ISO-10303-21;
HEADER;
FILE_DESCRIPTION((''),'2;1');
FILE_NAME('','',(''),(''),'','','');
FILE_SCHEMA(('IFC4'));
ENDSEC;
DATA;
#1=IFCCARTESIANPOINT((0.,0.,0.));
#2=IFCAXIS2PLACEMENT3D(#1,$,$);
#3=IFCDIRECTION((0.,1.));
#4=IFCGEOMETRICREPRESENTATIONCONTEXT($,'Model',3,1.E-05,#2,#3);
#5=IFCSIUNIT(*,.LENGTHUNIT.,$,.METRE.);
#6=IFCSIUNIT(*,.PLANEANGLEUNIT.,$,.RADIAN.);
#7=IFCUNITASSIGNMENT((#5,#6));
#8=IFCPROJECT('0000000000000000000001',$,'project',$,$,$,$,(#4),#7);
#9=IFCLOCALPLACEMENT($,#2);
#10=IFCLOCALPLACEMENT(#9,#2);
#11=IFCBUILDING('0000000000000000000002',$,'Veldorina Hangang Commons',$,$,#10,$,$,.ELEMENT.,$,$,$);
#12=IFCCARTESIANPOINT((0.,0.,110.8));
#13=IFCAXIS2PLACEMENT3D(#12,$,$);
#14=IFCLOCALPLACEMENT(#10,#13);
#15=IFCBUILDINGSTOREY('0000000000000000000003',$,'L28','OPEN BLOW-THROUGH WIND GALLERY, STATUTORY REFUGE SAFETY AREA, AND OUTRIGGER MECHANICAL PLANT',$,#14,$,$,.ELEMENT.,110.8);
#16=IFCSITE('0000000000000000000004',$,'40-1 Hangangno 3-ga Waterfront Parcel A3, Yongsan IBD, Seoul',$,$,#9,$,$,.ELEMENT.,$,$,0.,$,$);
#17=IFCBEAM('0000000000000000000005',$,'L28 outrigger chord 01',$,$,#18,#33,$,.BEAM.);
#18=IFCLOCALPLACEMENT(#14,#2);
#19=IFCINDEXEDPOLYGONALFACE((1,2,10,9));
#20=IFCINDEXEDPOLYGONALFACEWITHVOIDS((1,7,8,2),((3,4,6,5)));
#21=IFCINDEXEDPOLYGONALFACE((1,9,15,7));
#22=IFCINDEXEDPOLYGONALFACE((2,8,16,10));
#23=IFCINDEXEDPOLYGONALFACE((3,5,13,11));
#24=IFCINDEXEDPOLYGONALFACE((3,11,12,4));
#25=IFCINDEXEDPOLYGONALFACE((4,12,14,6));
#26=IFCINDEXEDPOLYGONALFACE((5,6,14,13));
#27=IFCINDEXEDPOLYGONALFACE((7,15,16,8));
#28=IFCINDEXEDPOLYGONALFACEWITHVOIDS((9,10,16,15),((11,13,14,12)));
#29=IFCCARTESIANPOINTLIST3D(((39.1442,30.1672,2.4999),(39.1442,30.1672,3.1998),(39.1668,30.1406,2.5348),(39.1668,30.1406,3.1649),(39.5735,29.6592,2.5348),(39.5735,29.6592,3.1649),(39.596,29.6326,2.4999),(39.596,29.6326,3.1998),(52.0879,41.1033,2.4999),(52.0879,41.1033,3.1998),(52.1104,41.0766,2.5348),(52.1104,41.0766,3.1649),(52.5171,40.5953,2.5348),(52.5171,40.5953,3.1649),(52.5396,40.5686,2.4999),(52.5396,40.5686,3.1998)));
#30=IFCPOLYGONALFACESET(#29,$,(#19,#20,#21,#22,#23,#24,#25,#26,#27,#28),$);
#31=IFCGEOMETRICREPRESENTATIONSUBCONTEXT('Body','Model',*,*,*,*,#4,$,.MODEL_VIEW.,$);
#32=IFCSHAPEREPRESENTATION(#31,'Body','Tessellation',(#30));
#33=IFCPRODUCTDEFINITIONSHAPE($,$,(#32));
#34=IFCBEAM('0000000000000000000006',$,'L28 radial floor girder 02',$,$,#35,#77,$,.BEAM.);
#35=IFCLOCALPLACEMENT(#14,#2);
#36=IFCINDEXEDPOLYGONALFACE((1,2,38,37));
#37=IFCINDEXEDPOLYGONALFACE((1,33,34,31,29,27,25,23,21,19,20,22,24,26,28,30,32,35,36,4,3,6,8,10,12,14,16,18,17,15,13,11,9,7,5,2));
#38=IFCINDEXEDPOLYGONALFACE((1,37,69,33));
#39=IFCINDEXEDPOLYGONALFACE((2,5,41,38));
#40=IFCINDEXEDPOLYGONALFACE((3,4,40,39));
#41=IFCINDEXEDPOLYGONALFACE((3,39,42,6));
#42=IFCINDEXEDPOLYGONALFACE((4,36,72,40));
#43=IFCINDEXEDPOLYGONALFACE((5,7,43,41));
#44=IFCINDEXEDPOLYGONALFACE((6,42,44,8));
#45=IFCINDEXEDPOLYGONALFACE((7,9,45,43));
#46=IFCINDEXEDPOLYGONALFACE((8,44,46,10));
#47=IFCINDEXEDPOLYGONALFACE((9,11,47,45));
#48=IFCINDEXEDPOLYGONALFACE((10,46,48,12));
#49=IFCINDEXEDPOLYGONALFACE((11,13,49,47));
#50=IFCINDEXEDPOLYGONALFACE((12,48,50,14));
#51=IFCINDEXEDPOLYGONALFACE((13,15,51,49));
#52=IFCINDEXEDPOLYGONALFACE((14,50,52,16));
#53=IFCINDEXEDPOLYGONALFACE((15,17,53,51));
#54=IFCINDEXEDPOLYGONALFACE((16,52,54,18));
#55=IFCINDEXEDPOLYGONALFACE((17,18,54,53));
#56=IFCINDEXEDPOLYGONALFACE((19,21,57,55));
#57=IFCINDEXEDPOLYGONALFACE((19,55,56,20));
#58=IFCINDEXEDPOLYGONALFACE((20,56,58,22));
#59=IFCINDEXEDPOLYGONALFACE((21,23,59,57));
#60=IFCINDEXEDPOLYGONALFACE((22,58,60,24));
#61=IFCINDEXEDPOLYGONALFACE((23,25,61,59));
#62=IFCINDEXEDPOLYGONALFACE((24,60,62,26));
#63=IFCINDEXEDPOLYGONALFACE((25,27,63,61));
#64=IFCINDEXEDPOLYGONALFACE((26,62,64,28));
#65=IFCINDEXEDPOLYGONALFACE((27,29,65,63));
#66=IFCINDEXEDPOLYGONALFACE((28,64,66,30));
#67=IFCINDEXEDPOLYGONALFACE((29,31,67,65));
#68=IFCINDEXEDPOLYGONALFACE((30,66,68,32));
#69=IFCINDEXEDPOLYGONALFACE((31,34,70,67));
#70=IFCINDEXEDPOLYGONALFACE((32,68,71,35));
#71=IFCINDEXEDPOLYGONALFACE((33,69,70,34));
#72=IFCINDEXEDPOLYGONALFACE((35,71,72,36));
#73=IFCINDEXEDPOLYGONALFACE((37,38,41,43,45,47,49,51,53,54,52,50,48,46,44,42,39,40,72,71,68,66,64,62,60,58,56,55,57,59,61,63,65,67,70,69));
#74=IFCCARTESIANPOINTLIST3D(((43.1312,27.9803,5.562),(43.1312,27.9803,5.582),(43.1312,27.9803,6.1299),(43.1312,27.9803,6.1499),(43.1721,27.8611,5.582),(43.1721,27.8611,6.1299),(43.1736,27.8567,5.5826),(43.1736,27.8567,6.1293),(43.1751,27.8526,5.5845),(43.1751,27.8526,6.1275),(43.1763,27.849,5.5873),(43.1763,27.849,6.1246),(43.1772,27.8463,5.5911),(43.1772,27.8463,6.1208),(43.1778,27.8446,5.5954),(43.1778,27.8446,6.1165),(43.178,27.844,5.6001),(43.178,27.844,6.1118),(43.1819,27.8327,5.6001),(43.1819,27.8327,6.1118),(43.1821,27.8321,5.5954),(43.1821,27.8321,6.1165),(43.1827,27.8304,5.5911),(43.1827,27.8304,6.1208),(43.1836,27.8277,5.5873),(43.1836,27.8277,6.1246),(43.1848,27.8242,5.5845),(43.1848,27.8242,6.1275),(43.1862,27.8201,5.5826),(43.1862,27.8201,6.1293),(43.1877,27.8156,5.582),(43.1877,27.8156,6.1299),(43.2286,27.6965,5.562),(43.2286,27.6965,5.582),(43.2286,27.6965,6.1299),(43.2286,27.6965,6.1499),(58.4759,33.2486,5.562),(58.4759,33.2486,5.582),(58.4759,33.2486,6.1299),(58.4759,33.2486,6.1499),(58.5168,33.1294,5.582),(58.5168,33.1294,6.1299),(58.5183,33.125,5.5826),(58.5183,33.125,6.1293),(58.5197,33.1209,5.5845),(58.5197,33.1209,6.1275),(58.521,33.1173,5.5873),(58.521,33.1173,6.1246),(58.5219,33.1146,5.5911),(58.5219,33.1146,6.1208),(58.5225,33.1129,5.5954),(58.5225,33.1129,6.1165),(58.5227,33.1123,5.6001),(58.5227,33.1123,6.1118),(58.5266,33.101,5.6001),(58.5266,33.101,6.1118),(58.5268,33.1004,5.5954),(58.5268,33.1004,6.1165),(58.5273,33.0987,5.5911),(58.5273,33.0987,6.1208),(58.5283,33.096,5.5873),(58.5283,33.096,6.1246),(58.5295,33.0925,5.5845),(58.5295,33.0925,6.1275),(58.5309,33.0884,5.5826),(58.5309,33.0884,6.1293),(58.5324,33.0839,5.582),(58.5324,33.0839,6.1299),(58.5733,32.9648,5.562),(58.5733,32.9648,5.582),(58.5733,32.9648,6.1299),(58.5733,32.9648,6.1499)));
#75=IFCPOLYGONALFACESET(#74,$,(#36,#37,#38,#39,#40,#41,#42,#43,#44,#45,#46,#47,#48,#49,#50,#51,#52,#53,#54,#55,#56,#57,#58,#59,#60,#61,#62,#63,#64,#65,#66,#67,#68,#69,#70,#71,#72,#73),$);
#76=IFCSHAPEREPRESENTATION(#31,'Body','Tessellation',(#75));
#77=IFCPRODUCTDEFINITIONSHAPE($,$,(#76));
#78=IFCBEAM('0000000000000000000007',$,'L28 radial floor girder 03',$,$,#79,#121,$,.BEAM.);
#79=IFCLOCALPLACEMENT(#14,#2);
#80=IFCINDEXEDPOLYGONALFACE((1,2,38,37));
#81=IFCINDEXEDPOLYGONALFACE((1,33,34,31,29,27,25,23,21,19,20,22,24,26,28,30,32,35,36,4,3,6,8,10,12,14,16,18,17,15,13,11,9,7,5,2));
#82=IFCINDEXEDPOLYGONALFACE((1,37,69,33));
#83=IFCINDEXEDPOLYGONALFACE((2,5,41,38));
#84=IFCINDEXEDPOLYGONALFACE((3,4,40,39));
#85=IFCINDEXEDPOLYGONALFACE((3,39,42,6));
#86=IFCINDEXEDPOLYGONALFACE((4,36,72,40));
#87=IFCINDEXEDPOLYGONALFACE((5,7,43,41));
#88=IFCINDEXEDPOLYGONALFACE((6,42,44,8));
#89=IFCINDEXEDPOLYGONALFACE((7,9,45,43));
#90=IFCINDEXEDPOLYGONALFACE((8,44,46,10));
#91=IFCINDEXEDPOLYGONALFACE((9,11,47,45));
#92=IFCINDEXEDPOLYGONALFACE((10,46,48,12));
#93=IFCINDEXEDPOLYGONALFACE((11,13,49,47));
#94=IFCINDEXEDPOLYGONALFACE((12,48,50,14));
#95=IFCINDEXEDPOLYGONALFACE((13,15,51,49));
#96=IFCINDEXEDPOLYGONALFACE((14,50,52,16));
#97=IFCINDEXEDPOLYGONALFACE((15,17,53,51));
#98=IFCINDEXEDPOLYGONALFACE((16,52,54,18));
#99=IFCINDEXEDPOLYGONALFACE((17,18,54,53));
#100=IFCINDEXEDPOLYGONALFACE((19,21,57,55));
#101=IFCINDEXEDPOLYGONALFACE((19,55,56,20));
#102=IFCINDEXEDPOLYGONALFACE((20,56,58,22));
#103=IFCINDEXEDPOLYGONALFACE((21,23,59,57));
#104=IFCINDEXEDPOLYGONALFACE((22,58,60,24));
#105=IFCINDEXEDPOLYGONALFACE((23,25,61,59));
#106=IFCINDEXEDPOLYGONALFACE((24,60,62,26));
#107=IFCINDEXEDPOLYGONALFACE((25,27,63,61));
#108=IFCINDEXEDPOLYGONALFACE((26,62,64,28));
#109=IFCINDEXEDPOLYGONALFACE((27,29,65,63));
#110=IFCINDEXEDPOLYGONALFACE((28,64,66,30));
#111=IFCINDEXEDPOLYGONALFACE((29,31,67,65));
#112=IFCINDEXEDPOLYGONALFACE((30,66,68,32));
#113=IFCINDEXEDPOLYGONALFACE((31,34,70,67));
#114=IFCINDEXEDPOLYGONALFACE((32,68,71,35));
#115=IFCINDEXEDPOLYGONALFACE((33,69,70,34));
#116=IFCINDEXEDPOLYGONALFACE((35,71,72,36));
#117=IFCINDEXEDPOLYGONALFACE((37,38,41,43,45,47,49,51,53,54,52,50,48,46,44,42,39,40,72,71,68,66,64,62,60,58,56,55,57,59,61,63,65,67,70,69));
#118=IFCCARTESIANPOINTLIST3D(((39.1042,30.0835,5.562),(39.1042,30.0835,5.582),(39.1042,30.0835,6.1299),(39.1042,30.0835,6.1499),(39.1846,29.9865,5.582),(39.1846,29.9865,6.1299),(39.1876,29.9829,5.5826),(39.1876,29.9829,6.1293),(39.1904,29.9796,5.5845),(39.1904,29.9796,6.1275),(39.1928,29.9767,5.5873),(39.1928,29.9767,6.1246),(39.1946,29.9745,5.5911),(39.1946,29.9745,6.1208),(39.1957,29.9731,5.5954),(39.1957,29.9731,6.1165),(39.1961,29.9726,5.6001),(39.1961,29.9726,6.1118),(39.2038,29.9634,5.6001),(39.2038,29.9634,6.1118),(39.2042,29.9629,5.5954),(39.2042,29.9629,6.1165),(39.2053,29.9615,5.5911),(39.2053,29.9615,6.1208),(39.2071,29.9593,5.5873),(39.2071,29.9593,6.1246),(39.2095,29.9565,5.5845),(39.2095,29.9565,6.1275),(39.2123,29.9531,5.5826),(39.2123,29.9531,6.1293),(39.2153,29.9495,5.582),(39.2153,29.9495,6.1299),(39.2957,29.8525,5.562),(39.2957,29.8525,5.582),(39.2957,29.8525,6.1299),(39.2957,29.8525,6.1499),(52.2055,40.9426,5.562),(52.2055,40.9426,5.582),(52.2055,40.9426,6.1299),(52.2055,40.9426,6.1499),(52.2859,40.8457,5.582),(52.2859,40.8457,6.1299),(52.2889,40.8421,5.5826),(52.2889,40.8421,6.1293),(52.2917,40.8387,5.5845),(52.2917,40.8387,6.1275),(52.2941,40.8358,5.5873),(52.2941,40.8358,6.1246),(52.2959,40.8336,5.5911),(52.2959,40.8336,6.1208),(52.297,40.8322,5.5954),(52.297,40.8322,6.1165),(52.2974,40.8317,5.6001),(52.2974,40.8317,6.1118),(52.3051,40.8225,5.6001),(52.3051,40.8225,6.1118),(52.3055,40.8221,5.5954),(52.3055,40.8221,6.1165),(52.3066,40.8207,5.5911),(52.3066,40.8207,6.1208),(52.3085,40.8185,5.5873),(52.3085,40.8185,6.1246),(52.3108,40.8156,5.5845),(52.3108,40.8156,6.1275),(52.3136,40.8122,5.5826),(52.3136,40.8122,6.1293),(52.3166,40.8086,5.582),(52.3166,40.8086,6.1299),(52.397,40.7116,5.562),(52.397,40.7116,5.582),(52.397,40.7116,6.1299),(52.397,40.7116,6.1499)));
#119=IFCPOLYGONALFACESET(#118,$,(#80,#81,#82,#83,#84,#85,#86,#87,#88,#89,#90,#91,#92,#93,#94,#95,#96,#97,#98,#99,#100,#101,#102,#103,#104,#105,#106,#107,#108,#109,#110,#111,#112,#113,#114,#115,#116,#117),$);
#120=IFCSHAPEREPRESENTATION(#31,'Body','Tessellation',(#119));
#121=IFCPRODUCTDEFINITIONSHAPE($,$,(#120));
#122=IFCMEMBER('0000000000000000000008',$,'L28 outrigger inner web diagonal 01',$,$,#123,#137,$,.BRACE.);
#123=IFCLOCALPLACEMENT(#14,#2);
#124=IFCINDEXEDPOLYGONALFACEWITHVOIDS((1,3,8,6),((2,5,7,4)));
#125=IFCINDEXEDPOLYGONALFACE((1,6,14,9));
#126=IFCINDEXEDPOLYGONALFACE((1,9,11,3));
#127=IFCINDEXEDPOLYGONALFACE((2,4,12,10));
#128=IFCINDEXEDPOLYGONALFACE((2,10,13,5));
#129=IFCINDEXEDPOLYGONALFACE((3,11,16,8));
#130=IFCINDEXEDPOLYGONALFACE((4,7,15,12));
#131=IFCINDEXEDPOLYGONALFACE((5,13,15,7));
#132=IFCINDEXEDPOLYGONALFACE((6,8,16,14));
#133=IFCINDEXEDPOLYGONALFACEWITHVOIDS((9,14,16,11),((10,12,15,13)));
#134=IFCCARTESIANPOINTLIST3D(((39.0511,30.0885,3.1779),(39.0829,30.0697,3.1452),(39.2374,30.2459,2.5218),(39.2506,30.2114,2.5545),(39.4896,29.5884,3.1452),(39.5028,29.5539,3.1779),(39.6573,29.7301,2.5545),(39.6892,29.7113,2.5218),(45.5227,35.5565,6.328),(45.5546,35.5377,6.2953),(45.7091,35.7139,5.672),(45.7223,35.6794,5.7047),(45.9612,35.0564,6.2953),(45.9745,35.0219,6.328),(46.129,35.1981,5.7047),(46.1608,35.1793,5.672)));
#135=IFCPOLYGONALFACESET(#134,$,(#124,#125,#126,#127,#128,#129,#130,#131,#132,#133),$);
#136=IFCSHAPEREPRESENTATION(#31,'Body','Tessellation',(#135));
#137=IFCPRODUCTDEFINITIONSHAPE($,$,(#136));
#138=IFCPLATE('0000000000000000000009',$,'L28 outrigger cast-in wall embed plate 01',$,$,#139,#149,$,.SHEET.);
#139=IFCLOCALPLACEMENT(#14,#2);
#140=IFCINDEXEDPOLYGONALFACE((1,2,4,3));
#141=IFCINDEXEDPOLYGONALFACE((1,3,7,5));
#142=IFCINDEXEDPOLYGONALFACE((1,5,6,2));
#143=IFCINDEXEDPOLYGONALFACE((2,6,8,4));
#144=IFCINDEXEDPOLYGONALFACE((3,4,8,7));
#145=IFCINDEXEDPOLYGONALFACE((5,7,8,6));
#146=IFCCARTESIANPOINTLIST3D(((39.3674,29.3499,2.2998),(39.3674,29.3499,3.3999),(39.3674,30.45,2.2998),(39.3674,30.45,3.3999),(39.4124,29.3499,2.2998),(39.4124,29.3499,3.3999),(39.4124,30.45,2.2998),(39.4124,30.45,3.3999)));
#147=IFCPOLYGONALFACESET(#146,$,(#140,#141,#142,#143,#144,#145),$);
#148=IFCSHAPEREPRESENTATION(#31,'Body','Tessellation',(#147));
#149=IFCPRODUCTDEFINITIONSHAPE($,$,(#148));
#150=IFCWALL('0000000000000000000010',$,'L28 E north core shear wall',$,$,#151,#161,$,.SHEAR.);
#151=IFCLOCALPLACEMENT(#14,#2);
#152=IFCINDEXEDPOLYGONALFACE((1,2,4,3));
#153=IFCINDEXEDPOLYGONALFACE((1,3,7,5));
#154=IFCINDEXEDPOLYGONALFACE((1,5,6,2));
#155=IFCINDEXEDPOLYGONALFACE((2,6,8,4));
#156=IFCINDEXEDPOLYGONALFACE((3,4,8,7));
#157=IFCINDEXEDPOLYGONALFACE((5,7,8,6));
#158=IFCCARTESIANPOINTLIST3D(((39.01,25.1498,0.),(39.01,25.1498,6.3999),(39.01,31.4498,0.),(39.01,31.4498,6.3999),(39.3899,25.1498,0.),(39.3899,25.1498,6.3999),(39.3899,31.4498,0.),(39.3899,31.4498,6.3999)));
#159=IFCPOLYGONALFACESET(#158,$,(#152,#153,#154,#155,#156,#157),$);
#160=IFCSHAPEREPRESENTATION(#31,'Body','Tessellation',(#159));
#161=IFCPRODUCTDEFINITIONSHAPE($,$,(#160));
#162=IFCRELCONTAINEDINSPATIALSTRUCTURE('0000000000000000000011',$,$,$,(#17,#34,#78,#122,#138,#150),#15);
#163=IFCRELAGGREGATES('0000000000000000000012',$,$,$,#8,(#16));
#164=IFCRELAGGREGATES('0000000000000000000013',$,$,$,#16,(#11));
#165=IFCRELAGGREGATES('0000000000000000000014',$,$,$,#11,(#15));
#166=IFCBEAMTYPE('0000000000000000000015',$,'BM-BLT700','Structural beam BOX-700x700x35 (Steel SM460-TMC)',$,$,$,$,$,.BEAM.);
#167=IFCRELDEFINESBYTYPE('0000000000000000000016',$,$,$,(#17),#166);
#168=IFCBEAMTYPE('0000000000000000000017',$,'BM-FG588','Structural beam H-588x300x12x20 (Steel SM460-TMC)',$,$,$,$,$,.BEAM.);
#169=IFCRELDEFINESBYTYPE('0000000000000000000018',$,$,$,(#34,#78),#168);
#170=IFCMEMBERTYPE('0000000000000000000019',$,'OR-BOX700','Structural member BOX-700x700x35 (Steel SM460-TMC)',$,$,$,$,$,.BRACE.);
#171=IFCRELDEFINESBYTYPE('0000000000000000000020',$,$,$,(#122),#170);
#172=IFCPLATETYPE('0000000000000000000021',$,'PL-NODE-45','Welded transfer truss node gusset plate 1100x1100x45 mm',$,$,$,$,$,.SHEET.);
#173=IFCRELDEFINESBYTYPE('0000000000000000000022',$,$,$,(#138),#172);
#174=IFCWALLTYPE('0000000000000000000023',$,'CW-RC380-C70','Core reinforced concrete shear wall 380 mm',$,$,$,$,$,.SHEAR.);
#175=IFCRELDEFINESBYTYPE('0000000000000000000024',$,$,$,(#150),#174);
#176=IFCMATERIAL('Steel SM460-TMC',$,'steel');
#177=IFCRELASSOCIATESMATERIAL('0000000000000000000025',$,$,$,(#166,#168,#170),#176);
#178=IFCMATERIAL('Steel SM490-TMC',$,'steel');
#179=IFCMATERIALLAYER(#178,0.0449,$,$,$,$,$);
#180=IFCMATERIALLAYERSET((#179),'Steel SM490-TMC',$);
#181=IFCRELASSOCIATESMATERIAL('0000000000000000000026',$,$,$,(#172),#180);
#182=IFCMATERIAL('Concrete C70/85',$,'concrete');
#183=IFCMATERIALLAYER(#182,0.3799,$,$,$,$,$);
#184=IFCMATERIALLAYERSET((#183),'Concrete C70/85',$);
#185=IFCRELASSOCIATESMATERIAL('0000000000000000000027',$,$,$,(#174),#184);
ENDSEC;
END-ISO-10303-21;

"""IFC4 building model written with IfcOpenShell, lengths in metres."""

from ifc_helpers import new_model, si_unit, direction, frame, frame_2d, origin, origin_2d, place, context, subcontext, project, spatial, rectangle, hollow_rectangle, i_section, extrude, material, layer, layer_set, material_profile, profile_set, type_object, element, save


model = new_model("IFC4")

# Units and contexts
model_context = context("Model", 3, precision=1e-05, world=origin(), true_north=direction((0.0, 1.0)))
body_context = subcontext(model_context, "Body", "Model", "MODEL_VIEW")
ifc_project = project(units=[si_unit("LENGTHUNIT", "METRE"), si_unit("PLANEANGLEUNIT", "RADIAN")], contexts=[model_context])

# Site, building, storey
site_placement = place(None, origin())
site = spatial("IfcSite", under=ifc_project, at=site_placement, Name="40-1 Hangangno 3-ga Waterfront Parcel A3, Yongsan IBD, Seoul", CompositionType="ELEMENT", RefElevation=0.0)
building_placement = place(site_placement, origin())
building = spatial("IfcBuilding", under=site, at=building_placement, Name="Veldorina Hangang Commons", CompositionType="ELEMENT")
storey_placement = place(building_placement, frame((0.0, 0.0, 110.8)))
storey = spatial("IfcBuildingStorey", under=building, at=storey_placement, Name="L28", Description="OPEN BLOW-THROUGH WIND GALLERY, STATUTORY REFUGE SAFETY AREA, AND OUTRIGGER MECHANICAL PLANT", CompositionType="ELEMENT", Elevation=110.8)

# Beams
ifc_material_1 = material(Name="Steel SM460-TMC", Category="steel")
ifc_material_profile_1 = material_profile(ifc_material_1, hollow_rectangle(XDim=0.7, YDim=0.7, WallThickness=0.0349, at=origin_2d()), Name="BOX-700x700x35")
ifc_profile_set_1 = profile_set([ifc_material_profile_1], Name="Steel SM460-TMC")
beam_type_1 = type_object("IfcBeamType", Name="BM-BLT700", Description="Structural beam BOX-700x700x35 (Steel SM460-TMC)", PredefinedType="BEAM", material=ifc_profile_set_1)
beam_1_placement = place(storey_placement, frame((39.3701, 29.8999, 2.8499), z_axis=(0.763859, 0.645383, 0.0), x_axis=(-0.645383, 0.763859, 0.0)))
element("IfcBeam", 1, at=beam_1_placement, inside=storey, type_object=beam_type_1, Name="L28 outrigger chord 01", PredefinedType="BEAM", context=body_context, shape_type="SweptSolid", body=[
    extrude(hollow_rectangle(XDim=0.7, YDim=0.7, WallThickness=0.0349, at=origin_2d()), origin(), (0.0, 0.0, 1.0), 16.9451),
])
ifc_material_profile_2 = material_profile(ifc_material_1, i_section(OverallWidth=0.3, OverallDepth=0.5879, WebThickness=0.012, FlangeThickness=0.02, FilletRadius=0.0181, at=origin_2d()), Name="H-588x300x12x20")
ifc_profile_set_2 = profile_set([ifc_material_profile_2], Name="Steel SM460-TMC")
beam_type_2 = type_object("IfcBeamType", Name="BM-FG588", Description="Structural beam H-588x300x12x20 (Steel SM460-TMC)", PredefinedType="BEAM", material=ifc_profile_set_2)
beam_2_placement = place(storey_placement, frame((43.1799, 27.8384, 5.856), z_axis=(0.945809, 0.324725, 0.0), x_axis=(-0.324725, 0.945809, 0.0)))
element("IfcBeam", 2, at=beam_2_placement, inside=storey, type_object=beam_type_2, Name="L28 radial floor girder 02", PredefinedType="BEAM", context=body_context, shape_type="SweptSolid", body=[
    extrude(i_section(OverallWidth=0.3, OverallDepth=0.5879, WebThickness=0.012, FlangeThickness=0.02, FilletRadius=0.0181, at=origin_2d()), origin(), (0.0, 0.0, 1.0), 16.2239),
])
beam_3_placement = place(storey_placement, frame((39.2, 29.968, 5.856), z_axis=(0.769913, 0.638149, 0.0), x_axis=(-0.638149, 0.769913, 0.0)))
element("IfcBeam", 3, at=beam_3_placement, inside=storey, type_object=beam_type_2, Name="L28 radial floor girder 03", PredefinedType="BEAM", context=body_context, shape_type="SweptSolid", body=[
    extrude(i_section(OverallWidth=0.3, OverallDepth=0.5879, WebThickness=0.012, FlangeThickness=0.02, FilletRadius=0.0181, at=origin_2d()), origin(), (0.0, 0.0, 1.0), 17.0166),
])

# Member
ifc_material_profile_3 = material_profile(ifc_material_1, hollow_rectangle(XDim=0.7, YDim=0.7, WallThickness=0.0349, at=origin_2d()), Name="BOX-700x700x35")
ifc_profile_set_3 = profile_set([ifc_material_profile_3], Name="Steel SM460-TMC")
member_type = type_object("IfcMemberType", Name="OR-BOX700", Description="Structural member BOX-700x700x35 (Steel SM460-TMC)", PredefinedType="BRACE", material=ifc_profile_set_3)
member_placement = place(storey_placement, frame((39.3701, 29.8999, 2.8499), z_axis=(0.715965, 0.60493, 0.348502), x_axis=(-0.64539, 0.763853, 0.0)))
element("IfcMember", 4, at=member_placement, inside=storey, type_object=member_type, Name="L28 outrigger inner web diagonal 01", PredefinedType="BRACE", context=body_context, shape_type="SweptSolid", body=[
    extrude(hollow_rectangle(XDim=0.7, YDim=0.7, WallThickness=0.0349, at=origin_2d()), origin(), (0.0, 0.0, 1.0), 9.0391),
])

# Plate
ifc_material_2 = material(Name="Steel SM490-TMC", Category="steel")
ifc_layer_1 = layer(ifc_material_2, 0.0449)
ifc_layer_set_1 = layer_set([ifc_layer_1], Name="Steel SM490-TMC")
plate_type = type_object("IfcPlateType", Name="PL-NODE-45", Description="Welded transfer truss node gusset plate 1100x1100x45 mm", PredefinedType="SHEET", material=ifc_layer_set_1)
plate_placement = place(storey_placement, frame((39.3899, 29.8999, 2.2998), z_axis=(0.0, 0.0, 1.0), x_axis=(1.0, 0.0, 0.0)))
element("IfcPlate", 5, at=plate_placement, inside=storey, type_object=plate_type, Name="L28 outrigger cast-in wall embed plate 01", PredefinedType="SHEET", context=body_context, shape_type="SweptSolid", body=[
    extrude(rectangle(XDim=0.0449, YDim=1.1001, at=origin_2d()), origin(), (0.0, 0.0, 1.0), 1.1001),
])

# Wall
ifc_material_3 = material(Name="Concrete C70/85", Category="concrete")
ifc_layer_2 = layer(ifc_material_3, 0.3799)
ifc_layer_set_2 = layer_set([ifc_layer_2], Name="Concrete C70/85")
wall_type_1 = type_object("IfcWallType", Name="CW-RC380-C70", Description="Core reinforced concrete shear wall 380 mm", PredefinedType="SHEAR", material=ifc_layer_set_2)
wall_1_placement = place(storey_placement, frame((39.2, 25.1499, 0.0), z_axis=(0.0, 0.0, 1.0), x_axis=(0.0, 1.0, 0.0)))
element("IfcWall", 6, at=wall_1_placement, inside=storey, type_object=wall_type_1, Name="L28 E north core shear wall", PredefinedType="SHEAR", context=body_context, shape_type="SweptSolid", body=[
    extrude(rectangle(XDim=6.3, YDim=0.3799, at=frame_2d((3.1499, 0.0))), origin(), (0.0, 0.0, 1.0), 6.3999),
])

save(model, "model.ifc")
